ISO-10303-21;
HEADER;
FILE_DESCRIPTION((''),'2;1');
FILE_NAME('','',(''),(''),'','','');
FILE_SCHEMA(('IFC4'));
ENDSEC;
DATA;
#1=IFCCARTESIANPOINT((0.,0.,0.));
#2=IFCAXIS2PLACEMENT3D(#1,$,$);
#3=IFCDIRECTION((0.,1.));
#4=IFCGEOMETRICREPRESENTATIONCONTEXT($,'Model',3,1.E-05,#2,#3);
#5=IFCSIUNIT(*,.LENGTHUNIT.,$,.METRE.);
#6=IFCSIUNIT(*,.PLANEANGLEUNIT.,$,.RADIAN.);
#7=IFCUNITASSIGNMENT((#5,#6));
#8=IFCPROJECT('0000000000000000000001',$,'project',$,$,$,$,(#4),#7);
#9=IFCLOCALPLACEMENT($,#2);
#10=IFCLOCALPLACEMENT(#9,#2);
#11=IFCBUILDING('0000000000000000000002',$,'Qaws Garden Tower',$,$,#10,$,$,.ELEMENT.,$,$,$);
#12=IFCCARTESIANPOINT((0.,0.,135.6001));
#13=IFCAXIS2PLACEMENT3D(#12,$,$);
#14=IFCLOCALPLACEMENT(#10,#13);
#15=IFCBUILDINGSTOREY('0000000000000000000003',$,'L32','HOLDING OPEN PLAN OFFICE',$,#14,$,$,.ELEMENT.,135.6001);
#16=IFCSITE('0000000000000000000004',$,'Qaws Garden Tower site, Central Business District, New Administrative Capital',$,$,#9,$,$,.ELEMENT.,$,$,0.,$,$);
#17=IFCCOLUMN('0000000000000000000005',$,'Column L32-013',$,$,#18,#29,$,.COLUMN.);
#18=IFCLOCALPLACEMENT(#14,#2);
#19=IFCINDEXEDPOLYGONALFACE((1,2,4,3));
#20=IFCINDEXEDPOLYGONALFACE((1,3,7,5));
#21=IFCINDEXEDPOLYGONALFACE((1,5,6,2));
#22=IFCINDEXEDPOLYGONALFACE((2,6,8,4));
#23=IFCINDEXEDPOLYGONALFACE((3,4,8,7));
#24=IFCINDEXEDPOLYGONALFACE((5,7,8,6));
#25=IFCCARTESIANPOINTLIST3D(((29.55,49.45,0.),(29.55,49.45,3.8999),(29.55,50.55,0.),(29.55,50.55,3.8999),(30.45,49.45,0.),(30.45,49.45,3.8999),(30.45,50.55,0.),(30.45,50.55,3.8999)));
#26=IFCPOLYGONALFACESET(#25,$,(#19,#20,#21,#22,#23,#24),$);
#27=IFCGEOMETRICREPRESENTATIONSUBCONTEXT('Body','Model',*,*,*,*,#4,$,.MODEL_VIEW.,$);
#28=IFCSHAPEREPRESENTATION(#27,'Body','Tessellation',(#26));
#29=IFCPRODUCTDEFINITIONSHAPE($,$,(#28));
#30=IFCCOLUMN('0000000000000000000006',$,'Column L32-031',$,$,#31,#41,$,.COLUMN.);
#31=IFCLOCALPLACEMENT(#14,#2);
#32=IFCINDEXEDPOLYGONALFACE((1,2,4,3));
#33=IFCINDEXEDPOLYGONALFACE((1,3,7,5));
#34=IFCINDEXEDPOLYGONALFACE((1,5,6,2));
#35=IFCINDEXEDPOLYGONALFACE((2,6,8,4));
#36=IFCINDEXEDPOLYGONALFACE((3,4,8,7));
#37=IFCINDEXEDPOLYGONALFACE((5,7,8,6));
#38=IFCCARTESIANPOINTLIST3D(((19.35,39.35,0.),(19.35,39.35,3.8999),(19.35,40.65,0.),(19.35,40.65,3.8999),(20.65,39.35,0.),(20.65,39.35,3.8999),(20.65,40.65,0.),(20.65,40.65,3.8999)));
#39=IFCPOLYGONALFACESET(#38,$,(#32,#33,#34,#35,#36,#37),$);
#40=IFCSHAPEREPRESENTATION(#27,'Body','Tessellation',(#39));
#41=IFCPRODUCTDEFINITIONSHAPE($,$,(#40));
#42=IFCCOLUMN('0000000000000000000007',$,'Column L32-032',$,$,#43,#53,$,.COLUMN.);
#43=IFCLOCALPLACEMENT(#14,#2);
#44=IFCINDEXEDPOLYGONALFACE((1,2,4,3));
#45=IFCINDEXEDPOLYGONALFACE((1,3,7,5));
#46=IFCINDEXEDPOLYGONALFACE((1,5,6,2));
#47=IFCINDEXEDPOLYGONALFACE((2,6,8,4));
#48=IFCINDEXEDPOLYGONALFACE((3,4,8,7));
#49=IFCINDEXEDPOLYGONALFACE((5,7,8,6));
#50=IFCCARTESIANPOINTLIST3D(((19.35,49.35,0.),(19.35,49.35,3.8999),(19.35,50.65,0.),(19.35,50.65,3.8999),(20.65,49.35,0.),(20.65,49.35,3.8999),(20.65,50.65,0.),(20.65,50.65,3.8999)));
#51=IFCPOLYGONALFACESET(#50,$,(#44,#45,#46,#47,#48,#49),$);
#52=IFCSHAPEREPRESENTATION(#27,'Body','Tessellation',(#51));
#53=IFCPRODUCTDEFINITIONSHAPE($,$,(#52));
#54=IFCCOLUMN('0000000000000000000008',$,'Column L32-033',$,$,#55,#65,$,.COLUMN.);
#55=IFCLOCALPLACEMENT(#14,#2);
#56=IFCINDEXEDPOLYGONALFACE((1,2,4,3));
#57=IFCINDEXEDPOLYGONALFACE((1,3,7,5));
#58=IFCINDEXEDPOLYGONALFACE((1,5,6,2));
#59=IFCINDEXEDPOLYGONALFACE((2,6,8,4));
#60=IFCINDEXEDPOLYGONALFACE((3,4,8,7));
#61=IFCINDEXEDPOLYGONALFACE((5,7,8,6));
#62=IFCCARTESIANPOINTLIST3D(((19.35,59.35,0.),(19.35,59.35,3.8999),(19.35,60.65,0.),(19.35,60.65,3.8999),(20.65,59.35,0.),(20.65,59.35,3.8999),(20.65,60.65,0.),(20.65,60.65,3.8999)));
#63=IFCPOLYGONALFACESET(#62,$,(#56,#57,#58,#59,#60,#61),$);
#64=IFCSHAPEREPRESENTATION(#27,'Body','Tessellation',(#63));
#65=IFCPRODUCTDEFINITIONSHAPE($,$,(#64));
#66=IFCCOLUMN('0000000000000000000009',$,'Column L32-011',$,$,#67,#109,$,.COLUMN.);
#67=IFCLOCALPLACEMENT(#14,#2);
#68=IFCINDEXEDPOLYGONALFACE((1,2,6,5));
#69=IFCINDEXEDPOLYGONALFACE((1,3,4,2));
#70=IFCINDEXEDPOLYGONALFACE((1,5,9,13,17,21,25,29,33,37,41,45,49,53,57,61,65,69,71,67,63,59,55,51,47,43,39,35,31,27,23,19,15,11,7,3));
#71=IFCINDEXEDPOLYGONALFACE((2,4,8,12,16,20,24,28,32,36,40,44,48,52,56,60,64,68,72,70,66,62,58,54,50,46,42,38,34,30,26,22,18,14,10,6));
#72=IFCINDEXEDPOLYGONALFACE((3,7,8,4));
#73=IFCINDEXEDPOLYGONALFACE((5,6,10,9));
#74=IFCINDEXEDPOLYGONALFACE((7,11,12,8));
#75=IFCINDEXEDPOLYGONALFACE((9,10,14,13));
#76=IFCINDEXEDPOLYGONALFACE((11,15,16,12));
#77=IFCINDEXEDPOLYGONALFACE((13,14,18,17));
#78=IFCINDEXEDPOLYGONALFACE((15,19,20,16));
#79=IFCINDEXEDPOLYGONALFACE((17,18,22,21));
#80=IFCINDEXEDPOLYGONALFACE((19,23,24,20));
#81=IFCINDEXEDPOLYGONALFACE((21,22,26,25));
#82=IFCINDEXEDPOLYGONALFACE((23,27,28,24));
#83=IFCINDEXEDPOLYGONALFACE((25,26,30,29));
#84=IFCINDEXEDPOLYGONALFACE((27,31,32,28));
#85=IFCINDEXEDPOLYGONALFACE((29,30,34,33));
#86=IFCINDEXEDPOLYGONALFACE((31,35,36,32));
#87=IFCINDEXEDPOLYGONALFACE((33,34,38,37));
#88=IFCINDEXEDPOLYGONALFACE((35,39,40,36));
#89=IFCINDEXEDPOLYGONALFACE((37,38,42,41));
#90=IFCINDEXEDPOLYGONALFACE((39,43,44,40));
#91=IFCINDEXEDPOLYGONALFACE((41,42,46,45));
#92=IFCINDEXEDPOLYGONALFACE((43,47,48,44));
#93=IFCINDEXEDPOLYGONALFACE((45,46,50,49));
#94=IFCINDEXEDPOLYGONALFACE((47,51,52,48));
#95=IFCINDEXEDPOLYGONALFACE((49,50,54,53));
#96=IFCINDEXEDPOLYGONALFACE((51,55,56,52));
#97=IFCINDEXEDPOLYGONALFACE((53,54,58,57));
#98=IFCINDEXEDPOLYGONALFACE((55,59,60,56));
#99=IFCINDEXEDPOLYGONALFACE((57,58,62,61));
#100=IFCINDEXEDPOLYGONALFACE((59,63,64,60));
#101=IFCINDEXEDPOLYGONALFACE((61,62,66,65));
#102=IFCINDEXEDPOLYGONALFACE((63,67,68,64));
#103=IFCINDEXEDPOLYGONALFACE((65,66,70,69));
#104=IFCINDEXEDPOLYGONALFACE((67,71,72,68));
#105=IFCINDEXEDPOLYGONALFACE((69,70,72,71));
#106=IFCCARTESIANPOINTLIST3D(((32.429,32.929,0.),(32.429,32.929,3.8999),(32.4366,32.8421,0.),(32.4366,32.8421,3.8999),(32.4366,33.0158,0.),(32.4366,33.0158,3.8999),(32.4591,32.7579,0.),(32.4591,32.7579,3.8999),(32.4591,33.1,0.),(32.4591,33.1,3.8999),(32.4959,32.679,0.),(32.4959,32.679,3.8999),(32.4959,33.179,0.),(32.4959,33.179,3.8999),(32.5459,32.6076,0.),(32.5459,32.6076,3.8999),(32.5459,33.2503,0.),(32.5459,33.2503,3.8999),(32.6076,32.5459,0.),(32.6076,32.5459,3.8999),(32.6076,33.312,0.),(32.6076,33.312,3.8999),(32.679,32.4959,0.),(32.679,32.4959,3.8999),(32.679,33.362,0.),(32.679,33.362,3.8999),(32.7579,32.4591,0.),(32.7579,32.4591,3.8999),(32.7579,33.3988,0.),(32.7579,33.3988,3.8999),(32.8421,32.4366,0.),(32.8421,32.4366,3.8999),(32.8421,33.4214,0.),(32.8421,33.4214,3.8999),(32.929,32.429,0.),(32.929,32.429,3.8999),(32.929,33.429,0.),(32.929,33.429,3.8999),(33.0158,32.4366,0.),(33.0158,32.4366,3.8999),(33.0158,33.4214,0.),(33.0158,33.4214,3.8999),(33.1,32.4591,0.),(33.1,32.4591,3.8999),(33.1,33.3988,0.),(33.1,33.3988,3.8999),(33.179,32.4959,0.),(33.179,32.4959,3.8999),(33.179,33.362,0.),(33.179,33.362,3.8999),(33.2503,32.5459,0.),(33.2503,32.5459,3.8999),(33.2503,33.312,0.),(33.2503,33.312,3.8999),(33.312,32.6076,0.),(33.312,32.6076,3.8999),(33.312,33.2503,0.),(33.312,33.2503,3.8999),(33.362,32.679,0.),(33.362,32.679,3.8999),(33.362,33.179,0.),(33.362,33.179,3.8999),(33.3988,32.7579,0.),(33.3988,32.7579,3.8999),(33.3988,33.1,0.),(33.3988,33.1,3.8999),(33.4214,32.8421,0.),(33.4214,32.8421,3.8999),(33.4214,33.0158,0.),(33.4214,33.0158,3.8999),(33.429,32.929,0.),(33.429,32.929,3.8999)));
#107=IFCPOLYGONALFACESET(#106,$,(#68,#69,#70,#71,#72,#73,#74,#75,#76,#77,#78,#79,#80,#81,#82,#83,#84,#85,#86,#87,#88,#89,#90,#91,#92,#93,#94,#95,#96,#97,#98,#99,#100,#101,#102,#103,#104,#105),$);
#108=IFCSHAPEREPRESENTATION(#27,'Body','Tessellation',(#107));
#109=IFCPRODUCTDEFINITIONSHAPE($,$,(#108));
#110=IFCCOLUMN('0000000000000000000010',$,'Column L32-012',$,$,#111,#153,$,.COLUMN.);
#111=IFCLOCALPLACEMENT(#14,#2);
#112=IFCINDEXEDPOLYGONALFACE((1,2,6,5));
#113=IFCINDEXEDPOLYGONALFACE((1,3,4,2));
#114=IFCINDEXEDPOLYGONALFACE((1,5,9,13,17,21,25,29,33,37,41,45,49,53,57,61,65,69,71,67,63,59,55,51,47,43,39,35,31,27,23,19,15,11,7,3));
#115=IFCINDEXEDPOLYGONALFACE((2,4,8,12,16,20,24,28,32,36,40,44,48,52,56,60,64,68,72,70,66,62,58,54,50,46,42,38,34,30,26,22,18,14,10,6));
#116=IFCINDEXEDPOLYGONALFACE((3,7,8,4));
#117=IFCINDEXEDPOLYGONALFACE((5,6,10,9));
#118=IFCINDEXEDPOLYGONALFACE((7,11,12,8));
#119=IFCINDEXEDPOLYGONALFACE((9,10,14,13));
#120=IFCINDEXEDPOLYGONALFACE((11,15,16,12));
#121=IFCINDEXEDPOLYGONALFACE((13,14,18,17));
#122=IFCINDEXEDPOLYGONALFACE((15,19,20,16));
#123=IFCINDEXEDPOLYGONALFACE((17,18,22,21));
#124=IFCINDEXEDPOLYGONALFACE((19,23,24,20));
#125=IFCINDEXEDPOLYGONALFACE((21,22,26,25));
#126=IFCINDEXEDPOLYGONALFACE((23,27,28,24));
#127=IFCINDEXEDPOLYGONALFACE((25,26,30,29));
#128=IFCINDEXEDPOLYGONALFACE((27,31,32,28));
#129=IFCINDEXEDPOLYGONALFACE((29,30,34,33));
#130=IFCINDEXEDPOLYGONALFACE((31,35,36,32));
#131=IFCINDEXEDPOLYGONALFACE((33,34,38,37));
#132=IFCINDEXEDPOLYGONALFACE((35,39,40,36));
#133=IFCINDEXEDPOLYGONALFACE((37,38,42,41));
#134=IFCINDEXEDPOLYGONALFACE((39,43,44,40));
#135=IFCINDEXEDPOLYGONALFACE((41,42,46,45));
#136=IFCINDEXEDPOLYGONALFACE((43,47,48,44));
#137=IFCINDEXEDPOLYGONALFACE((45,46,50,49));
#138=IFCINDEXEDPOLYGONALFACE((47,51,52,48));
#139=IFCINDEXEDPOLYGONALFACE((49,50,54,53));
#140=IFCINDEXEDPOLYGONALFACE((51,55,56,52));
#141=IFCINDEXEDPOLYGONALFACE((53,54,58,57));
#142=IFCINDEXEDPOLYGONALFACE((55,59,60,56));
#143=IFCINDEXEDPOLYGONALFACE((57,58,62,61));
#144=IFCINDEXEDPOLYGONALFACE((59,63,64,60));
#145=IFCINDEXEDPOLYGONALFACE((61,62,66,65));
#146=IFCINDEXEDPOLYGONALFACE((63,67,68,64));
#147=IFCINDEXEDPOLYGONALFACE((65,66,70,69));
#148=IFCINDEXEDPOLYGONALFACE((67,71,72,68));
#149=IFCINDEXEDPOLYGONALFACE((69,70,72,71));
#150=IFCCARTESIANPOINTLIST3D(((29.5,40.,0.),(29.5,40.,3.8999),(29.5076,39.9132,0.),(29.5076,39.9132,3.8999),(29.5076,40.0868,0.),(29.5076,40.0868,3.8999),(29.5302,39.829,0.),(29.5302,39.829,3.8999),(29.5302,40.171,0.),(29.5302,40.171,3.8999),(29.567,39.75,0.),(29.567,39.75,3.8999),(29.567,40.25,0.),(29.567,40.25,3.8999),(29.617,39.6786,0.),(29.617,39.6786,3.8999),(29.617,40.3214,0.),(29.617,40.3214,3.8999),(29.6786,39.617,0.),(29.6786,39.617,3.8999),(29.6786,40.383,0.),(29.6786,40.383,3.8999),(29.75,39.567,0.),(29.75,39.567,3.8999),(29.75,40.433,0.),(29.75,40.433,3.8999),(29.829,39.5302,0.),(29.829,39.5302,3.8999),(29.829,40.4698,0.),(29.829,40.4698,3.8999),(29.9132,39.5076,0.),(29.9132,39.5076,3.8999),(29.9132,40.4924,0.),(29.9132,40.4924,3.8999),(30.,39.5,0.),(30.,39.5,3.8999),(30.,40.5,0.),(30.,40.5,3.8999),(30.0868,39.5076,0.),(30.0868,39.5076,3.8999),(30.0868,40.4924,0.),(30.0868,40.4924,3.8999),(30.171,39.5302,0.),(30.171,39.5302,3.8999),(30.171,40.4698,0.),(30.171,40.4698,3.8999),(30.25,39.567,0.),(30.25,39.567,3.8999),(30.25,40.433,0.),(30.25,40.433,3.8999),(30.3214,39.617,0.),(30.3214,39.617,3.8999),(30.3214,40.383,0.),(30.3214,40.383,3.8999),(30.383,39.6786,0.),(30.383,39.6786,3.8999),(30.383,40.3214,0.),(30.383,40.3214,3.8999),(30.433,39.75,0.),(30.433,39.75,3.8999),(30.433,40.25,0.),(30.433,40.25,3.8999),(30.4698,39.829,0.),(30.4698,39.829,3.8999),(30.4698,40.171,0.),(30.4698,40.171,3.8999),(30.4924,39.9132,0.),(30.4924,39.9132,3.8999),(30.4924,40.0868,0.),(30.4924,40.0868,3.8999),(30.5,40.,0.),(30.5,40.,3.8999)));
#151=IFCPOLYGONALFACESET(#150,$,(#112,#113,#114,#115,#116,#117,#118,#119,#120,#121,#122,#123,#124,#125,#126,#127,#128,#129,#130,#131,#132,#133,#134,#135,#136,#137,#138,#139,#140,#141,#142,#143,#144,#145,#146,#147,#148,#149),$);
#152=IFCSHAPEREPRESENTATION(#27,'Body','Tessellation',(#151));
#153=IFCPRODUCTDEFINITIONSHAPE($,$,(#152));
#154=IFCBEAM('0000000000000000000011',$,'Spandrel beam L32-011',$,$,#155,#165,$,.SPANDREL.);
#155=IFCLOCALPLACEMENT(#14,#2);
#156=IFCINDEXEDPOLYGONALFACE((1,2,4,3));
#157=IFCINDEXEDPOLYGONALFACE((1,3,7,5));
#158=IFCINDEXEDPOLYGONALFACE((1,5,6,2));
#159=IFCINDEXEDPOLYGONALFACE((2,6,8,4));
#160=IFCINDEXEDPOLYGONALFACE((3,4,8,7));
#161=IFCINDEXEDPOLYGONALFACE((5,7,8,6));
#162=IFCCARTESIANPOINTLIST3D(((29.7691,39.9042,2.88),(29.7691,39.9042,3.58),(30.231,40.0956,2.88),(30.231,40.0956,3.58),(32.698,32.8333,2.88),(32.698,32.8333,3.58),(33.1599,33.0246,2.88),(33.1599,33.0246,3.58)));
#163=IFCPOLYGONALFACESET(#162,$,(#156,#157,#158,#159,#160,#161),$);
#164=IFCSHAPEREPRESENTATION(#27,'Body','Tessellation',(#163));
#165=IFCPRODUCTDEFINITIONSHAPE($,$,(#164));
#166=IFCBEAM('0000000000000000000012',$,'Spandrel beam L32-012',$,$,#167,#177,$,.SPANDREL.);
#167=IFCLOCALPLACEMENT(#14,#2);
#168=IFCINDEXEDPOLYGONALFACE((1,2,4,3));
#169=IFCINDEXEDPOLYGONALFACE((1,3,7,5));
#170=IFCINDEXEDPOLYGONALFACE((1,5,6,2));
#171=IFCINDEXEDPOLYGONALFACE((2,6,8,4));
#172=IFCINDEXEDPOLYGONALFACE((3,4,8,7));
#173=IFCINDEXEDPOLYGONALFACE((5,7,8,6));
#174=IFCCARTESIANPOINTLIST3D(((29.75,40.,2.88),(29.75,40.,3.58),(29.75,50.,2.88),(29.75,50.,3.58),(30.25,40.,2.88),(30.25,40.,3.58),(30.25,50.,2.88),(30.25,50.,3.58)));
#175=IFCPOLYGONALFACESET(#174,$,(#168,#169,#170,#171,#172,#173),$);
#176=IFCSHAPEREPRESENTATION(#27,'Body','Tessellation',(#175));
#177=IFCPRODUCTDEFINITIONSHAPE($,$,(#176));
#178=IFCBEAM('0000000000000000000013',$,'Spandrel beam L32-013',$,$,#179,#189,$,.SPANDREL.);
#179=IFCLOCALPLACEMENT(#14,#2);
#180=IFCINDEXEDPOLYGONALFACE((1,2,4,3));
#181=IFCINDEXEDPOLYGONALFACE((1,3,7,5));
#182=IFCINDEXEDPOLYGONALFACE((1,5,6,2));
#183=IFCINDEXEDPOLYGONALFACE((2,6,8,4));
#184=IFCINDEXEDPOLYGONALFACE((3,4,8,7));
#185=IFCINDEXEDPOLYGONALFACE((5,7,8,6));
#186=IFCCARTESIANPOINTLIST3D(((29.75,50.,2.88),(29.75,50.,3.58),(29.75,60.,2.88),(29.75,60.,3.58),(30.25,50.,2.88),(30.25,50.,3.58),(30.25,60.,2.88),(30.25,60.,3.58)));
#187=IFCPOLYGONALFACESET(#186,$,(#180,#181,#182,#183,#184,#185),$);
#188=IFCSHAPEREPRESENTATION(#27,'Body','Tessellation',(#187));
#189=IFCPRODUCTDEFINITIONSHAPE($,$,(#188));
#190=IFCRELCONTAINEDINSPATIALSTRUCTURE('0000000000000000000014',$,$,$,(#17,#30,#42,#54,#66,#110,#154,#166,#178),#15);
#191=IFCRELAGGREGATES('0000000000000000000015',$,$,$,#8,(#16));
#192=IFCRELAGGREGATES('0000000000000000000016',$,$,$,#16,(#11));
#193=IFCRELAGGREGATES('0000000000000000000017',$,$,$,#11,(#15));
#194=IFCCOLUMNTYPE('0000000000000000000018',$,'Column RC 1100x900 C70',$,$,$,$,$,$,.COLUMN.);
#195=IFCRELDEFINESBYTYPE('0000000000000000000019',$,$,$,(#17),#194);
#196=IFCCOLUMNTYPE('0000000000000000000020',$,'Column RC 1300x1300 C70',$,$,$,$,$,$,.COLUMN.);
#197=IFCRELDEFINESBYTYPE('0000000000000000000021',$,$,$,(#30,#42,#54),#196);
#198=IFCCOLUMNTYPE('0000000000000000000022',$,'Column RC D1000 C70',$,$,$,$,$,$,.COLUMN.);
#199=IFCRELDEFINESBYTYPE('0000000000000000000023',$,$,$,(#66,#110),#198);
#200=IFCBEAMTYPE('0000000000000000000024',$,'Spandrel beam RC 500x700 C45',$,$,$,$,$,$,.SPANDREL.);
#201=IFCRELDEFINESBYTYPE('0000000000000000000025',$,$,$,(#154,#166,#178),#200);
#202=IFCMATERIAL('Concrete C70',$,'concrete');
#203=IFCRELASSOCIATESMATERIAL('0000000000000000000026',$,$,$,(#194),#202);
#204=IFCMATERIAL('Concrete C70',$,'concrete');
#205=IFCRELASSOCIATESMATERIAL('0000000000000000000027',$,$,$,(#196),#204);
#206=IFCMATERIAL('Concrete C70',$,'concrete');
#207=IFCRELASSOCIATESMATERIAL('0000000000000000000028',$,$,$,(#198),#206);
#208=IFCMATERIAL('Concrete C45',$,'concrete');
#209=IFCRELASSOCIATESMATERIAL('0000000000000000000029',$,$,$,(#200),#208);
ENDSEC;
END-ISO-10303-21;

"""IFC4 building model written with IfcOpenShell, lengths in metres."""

from ifc_helpers import new_model, si_unit, direction, frame, origin, origin_2d, place, context, subcontext, project, spatial, rectangle, circle, extrude, material, material_profile, profile_set, type_object, element, save


model = new_model("IFC4")

# Units and contexts
model_context = context("Model", 3, precision=1e-05, world=origin(), true_north=direction((0.0, 1.0)))
body_context = subcontext(model_context, "Body", "Model", "MODEL_VIEW")
ifc_project = project(units=[si_unit("LENGTHUNIT", "METRE"), si_unit("PLANEANGLEUNIT", "RADIAN")], contexts=[model_context])

# Site, building, storey
site_placement = place(None, origin())
site = spatial("IfcSite", under=ifc_project, at=site_placement, Name="Qaws Garden Tower site, Central Business District, New Administrative Capital", CompositionType="ELEMENT", RefElevation=0.0)
building_placement = place(site_placement, origin())
building = spatial("IfcBuilding", under=site, at=building_placement, Name="Qaws Garden Tower", CompositionType="ELEMENT")
storey_placement = place(building_placement, frame((0.0, 0.0, 135.6001)))
storey = spatial("IfcBuildingStorey", under=building, at=storey_placement, Name="L32", Description="HOLDING OPEN PLAN OFFICE", CompositionType="ELEMENT", Elevation=135.6001)

# Columns
ifc_material_1 = material(Name="Concrete C70", Category="concrete")
ifc_material_profile_1 = material_profile(ifc_material_1, rectangle(XDim=1.1001, YDim=0.8999, at=origin_2d()), Name="RC 1100x900")
ifc_profile_set_1 = profile_set([ifc_material_profile_1], Name="Concrete C70")
column_type_1 = type_object("IfcColumnType", Name="Column RC 1100x900 C70", PredefinedType="COLUMN", material=ifc_profile_set_1)
column_placement = place(storey_placement, frame((30.0, 50.0, 0.0), z_axis=(0.0, 0.0, 1.0), x_axis=(0.0, 1.0, 0.0)))
element("IfcColumn", 1, at=column_placement, inside=storey, type_object=column_type_1, Name="Column L32-013", PredefinedType="COLUMN", context=body_context, shape_type="SweptSolid", body=[
    extrude(rectangle(XDim=1.1001, YDim=0.8999, at=origin_2d()), origin(), (0.0, 0.0, 1.0), 3.8999),
])
ifc_material_2 = material(Name="Concrete C70", Category="concrete")
ifc_material_profile_2 = material_profile(ifc_material_2, rectangle(XDim=1.3, YDim=1.3, at=origin_2d()), Name="RC 1300x1300")
ifc_profile_set_2 = profile_set([ifc_material_profile_2], Name="Concrete C70")
column_type_2 = type_object("IfcColumnType", Name="Column RC 1300x1300 C70", PredefinedType="COLUMN", material=ifc_profile_set_2)
for number, where, z_axis, x_axis, name in (
    (2, (20.0, 40.0, 0.0), (0.0, 0.0, 1.0), (1.0, 0.0, 0.0), "Column L32-031"),
    (3, (20.0, 50.0, 0.0), (0.0, 0.0, 1.0), (1.0, 0.0, 0.0), "Column L32-032"),
    (4, (20.0, 60.0, 0.0), (0.0, 0.0, 1.0), (1.0, 0.0, 0.0), "Column L32-033"),
):
    element("IfcColumn", number, at=place(storey_placement, frame(where, z_axis=z_axis, x_axis=x_axis)), inside=storey, type_object=column_type_2, Name=name, PredefinedType="COLUMN", context=body_context, shape_type="SweptSolid", body=[
        extrude(rectangle(XDim=1.3, YDim=1.3, at=origin_2d()), origin(), (0.0, 0.0, 1.0), 3.8999),
    ])
ifc_material_3 = material(Name="Concrete C70", Category="concrete")
ifc_material_profile_3 = material_profile(ifc_material_3, circle(Radius=0.5, at=origin_2d()), Name="RC D1000")
ifc_profile_set_3 = profile_set([ifc_material_profile_3], Name="Concrete C70")
column_type_3 = type_object("IfcColumnType", Name="Column RC D1000 C70", PredefinedType="COLUMN", material=ifc_profile_set_3)
for number, where, z_axis, x_axis, name in (
    (5, (32.929, 32.929, 0.0), (0.0, 0.0, 1.0), (1.0, 0.0, 0.0), "Column L32-011"),
    (6, (30.0, 40.0, 0.0), (0.0, 0.0, 1.0), (1.0, 0.0, 0.0), "Column L32-012"),
):
    element("IfcColumn", number, at=place(storey_placement, frame(where, z_axis=z_axis, x_axis=x_axis)), inside=storey, type_object=column_type_3, Name=name, PredefinedType="COLUMN", context=body_context, shape_type="SweptSolid", body=[
        extrude(circle(Radius=0.5, at=origin_2d()), origin(), (0.0, 0.0, 1.0), 3.8999),
    ])

# Beams
ifc_material_4 = material(Name="Concrete C45", Category="concrete")
ifc_material_profile_4 = material_profile(ifc_material_4, rectangle(XDim=0.5, YDim=0.7, at=origin_2d()), Name="RC 500x700")
ifc_profile_set_4 = profile_set([ifc_material_profile_4], Name="Concrete C45")
beam_type = type_object("IfcBeamType", Name="Spandrel beam RC 500x700 C45", PredefinedType="SPANDREL", material=ifc_profile_set_4)
beam_placement = place(storey_placement, frame((32.929, 32.929, 3.23), z_axis=(-0.382687, 0.923878, 0.0), x_axis=(-0.923878, -0.382687, 0.0)))
element("IfcBeam", 7, at=beam_placement, inside=storey, type_object=beam_type, Name="Spandrel beam L32-011", PredefinedType="SPANDREL", context=body_context, shape_type="SweptSolid", body=[
    extrude(rectangle(XDim=0.5, YDim=0.7, at=origin_2d()), origin(), (0.0, 0.0, 1.0), 7.6536),
])
for number, where, z_axis, x_axis, name in (
    (8, (30.0, 40.0, 3.23), (0.0, 1.0, 0.0), (-1.0, 0.0, 0.0), "Spandrel beam L32-012"),
    (9, (30.0, 50.0, 3.23), (0.0, 1.0, 0.0), (-1.0, 0.0, 0.0), "Spandrel beam L32-013"),
):
    element("IfcBeam", number, at=place(storey_placement, frame(where, z_axis=z_axis, x_axis=x_axis)), inside=storey, type_object=beam_type, Name=name, PredefinedType="SPANDREL", context=body_context, shape_type="SweptSolid", body=[
        extrude(rectangle(XDim=0.5, YDim=0.7, at=origin_2d()), origin(), (0.0, 0.0, 1.0), 10.0),
    ])

save(model, "model.ifc")
